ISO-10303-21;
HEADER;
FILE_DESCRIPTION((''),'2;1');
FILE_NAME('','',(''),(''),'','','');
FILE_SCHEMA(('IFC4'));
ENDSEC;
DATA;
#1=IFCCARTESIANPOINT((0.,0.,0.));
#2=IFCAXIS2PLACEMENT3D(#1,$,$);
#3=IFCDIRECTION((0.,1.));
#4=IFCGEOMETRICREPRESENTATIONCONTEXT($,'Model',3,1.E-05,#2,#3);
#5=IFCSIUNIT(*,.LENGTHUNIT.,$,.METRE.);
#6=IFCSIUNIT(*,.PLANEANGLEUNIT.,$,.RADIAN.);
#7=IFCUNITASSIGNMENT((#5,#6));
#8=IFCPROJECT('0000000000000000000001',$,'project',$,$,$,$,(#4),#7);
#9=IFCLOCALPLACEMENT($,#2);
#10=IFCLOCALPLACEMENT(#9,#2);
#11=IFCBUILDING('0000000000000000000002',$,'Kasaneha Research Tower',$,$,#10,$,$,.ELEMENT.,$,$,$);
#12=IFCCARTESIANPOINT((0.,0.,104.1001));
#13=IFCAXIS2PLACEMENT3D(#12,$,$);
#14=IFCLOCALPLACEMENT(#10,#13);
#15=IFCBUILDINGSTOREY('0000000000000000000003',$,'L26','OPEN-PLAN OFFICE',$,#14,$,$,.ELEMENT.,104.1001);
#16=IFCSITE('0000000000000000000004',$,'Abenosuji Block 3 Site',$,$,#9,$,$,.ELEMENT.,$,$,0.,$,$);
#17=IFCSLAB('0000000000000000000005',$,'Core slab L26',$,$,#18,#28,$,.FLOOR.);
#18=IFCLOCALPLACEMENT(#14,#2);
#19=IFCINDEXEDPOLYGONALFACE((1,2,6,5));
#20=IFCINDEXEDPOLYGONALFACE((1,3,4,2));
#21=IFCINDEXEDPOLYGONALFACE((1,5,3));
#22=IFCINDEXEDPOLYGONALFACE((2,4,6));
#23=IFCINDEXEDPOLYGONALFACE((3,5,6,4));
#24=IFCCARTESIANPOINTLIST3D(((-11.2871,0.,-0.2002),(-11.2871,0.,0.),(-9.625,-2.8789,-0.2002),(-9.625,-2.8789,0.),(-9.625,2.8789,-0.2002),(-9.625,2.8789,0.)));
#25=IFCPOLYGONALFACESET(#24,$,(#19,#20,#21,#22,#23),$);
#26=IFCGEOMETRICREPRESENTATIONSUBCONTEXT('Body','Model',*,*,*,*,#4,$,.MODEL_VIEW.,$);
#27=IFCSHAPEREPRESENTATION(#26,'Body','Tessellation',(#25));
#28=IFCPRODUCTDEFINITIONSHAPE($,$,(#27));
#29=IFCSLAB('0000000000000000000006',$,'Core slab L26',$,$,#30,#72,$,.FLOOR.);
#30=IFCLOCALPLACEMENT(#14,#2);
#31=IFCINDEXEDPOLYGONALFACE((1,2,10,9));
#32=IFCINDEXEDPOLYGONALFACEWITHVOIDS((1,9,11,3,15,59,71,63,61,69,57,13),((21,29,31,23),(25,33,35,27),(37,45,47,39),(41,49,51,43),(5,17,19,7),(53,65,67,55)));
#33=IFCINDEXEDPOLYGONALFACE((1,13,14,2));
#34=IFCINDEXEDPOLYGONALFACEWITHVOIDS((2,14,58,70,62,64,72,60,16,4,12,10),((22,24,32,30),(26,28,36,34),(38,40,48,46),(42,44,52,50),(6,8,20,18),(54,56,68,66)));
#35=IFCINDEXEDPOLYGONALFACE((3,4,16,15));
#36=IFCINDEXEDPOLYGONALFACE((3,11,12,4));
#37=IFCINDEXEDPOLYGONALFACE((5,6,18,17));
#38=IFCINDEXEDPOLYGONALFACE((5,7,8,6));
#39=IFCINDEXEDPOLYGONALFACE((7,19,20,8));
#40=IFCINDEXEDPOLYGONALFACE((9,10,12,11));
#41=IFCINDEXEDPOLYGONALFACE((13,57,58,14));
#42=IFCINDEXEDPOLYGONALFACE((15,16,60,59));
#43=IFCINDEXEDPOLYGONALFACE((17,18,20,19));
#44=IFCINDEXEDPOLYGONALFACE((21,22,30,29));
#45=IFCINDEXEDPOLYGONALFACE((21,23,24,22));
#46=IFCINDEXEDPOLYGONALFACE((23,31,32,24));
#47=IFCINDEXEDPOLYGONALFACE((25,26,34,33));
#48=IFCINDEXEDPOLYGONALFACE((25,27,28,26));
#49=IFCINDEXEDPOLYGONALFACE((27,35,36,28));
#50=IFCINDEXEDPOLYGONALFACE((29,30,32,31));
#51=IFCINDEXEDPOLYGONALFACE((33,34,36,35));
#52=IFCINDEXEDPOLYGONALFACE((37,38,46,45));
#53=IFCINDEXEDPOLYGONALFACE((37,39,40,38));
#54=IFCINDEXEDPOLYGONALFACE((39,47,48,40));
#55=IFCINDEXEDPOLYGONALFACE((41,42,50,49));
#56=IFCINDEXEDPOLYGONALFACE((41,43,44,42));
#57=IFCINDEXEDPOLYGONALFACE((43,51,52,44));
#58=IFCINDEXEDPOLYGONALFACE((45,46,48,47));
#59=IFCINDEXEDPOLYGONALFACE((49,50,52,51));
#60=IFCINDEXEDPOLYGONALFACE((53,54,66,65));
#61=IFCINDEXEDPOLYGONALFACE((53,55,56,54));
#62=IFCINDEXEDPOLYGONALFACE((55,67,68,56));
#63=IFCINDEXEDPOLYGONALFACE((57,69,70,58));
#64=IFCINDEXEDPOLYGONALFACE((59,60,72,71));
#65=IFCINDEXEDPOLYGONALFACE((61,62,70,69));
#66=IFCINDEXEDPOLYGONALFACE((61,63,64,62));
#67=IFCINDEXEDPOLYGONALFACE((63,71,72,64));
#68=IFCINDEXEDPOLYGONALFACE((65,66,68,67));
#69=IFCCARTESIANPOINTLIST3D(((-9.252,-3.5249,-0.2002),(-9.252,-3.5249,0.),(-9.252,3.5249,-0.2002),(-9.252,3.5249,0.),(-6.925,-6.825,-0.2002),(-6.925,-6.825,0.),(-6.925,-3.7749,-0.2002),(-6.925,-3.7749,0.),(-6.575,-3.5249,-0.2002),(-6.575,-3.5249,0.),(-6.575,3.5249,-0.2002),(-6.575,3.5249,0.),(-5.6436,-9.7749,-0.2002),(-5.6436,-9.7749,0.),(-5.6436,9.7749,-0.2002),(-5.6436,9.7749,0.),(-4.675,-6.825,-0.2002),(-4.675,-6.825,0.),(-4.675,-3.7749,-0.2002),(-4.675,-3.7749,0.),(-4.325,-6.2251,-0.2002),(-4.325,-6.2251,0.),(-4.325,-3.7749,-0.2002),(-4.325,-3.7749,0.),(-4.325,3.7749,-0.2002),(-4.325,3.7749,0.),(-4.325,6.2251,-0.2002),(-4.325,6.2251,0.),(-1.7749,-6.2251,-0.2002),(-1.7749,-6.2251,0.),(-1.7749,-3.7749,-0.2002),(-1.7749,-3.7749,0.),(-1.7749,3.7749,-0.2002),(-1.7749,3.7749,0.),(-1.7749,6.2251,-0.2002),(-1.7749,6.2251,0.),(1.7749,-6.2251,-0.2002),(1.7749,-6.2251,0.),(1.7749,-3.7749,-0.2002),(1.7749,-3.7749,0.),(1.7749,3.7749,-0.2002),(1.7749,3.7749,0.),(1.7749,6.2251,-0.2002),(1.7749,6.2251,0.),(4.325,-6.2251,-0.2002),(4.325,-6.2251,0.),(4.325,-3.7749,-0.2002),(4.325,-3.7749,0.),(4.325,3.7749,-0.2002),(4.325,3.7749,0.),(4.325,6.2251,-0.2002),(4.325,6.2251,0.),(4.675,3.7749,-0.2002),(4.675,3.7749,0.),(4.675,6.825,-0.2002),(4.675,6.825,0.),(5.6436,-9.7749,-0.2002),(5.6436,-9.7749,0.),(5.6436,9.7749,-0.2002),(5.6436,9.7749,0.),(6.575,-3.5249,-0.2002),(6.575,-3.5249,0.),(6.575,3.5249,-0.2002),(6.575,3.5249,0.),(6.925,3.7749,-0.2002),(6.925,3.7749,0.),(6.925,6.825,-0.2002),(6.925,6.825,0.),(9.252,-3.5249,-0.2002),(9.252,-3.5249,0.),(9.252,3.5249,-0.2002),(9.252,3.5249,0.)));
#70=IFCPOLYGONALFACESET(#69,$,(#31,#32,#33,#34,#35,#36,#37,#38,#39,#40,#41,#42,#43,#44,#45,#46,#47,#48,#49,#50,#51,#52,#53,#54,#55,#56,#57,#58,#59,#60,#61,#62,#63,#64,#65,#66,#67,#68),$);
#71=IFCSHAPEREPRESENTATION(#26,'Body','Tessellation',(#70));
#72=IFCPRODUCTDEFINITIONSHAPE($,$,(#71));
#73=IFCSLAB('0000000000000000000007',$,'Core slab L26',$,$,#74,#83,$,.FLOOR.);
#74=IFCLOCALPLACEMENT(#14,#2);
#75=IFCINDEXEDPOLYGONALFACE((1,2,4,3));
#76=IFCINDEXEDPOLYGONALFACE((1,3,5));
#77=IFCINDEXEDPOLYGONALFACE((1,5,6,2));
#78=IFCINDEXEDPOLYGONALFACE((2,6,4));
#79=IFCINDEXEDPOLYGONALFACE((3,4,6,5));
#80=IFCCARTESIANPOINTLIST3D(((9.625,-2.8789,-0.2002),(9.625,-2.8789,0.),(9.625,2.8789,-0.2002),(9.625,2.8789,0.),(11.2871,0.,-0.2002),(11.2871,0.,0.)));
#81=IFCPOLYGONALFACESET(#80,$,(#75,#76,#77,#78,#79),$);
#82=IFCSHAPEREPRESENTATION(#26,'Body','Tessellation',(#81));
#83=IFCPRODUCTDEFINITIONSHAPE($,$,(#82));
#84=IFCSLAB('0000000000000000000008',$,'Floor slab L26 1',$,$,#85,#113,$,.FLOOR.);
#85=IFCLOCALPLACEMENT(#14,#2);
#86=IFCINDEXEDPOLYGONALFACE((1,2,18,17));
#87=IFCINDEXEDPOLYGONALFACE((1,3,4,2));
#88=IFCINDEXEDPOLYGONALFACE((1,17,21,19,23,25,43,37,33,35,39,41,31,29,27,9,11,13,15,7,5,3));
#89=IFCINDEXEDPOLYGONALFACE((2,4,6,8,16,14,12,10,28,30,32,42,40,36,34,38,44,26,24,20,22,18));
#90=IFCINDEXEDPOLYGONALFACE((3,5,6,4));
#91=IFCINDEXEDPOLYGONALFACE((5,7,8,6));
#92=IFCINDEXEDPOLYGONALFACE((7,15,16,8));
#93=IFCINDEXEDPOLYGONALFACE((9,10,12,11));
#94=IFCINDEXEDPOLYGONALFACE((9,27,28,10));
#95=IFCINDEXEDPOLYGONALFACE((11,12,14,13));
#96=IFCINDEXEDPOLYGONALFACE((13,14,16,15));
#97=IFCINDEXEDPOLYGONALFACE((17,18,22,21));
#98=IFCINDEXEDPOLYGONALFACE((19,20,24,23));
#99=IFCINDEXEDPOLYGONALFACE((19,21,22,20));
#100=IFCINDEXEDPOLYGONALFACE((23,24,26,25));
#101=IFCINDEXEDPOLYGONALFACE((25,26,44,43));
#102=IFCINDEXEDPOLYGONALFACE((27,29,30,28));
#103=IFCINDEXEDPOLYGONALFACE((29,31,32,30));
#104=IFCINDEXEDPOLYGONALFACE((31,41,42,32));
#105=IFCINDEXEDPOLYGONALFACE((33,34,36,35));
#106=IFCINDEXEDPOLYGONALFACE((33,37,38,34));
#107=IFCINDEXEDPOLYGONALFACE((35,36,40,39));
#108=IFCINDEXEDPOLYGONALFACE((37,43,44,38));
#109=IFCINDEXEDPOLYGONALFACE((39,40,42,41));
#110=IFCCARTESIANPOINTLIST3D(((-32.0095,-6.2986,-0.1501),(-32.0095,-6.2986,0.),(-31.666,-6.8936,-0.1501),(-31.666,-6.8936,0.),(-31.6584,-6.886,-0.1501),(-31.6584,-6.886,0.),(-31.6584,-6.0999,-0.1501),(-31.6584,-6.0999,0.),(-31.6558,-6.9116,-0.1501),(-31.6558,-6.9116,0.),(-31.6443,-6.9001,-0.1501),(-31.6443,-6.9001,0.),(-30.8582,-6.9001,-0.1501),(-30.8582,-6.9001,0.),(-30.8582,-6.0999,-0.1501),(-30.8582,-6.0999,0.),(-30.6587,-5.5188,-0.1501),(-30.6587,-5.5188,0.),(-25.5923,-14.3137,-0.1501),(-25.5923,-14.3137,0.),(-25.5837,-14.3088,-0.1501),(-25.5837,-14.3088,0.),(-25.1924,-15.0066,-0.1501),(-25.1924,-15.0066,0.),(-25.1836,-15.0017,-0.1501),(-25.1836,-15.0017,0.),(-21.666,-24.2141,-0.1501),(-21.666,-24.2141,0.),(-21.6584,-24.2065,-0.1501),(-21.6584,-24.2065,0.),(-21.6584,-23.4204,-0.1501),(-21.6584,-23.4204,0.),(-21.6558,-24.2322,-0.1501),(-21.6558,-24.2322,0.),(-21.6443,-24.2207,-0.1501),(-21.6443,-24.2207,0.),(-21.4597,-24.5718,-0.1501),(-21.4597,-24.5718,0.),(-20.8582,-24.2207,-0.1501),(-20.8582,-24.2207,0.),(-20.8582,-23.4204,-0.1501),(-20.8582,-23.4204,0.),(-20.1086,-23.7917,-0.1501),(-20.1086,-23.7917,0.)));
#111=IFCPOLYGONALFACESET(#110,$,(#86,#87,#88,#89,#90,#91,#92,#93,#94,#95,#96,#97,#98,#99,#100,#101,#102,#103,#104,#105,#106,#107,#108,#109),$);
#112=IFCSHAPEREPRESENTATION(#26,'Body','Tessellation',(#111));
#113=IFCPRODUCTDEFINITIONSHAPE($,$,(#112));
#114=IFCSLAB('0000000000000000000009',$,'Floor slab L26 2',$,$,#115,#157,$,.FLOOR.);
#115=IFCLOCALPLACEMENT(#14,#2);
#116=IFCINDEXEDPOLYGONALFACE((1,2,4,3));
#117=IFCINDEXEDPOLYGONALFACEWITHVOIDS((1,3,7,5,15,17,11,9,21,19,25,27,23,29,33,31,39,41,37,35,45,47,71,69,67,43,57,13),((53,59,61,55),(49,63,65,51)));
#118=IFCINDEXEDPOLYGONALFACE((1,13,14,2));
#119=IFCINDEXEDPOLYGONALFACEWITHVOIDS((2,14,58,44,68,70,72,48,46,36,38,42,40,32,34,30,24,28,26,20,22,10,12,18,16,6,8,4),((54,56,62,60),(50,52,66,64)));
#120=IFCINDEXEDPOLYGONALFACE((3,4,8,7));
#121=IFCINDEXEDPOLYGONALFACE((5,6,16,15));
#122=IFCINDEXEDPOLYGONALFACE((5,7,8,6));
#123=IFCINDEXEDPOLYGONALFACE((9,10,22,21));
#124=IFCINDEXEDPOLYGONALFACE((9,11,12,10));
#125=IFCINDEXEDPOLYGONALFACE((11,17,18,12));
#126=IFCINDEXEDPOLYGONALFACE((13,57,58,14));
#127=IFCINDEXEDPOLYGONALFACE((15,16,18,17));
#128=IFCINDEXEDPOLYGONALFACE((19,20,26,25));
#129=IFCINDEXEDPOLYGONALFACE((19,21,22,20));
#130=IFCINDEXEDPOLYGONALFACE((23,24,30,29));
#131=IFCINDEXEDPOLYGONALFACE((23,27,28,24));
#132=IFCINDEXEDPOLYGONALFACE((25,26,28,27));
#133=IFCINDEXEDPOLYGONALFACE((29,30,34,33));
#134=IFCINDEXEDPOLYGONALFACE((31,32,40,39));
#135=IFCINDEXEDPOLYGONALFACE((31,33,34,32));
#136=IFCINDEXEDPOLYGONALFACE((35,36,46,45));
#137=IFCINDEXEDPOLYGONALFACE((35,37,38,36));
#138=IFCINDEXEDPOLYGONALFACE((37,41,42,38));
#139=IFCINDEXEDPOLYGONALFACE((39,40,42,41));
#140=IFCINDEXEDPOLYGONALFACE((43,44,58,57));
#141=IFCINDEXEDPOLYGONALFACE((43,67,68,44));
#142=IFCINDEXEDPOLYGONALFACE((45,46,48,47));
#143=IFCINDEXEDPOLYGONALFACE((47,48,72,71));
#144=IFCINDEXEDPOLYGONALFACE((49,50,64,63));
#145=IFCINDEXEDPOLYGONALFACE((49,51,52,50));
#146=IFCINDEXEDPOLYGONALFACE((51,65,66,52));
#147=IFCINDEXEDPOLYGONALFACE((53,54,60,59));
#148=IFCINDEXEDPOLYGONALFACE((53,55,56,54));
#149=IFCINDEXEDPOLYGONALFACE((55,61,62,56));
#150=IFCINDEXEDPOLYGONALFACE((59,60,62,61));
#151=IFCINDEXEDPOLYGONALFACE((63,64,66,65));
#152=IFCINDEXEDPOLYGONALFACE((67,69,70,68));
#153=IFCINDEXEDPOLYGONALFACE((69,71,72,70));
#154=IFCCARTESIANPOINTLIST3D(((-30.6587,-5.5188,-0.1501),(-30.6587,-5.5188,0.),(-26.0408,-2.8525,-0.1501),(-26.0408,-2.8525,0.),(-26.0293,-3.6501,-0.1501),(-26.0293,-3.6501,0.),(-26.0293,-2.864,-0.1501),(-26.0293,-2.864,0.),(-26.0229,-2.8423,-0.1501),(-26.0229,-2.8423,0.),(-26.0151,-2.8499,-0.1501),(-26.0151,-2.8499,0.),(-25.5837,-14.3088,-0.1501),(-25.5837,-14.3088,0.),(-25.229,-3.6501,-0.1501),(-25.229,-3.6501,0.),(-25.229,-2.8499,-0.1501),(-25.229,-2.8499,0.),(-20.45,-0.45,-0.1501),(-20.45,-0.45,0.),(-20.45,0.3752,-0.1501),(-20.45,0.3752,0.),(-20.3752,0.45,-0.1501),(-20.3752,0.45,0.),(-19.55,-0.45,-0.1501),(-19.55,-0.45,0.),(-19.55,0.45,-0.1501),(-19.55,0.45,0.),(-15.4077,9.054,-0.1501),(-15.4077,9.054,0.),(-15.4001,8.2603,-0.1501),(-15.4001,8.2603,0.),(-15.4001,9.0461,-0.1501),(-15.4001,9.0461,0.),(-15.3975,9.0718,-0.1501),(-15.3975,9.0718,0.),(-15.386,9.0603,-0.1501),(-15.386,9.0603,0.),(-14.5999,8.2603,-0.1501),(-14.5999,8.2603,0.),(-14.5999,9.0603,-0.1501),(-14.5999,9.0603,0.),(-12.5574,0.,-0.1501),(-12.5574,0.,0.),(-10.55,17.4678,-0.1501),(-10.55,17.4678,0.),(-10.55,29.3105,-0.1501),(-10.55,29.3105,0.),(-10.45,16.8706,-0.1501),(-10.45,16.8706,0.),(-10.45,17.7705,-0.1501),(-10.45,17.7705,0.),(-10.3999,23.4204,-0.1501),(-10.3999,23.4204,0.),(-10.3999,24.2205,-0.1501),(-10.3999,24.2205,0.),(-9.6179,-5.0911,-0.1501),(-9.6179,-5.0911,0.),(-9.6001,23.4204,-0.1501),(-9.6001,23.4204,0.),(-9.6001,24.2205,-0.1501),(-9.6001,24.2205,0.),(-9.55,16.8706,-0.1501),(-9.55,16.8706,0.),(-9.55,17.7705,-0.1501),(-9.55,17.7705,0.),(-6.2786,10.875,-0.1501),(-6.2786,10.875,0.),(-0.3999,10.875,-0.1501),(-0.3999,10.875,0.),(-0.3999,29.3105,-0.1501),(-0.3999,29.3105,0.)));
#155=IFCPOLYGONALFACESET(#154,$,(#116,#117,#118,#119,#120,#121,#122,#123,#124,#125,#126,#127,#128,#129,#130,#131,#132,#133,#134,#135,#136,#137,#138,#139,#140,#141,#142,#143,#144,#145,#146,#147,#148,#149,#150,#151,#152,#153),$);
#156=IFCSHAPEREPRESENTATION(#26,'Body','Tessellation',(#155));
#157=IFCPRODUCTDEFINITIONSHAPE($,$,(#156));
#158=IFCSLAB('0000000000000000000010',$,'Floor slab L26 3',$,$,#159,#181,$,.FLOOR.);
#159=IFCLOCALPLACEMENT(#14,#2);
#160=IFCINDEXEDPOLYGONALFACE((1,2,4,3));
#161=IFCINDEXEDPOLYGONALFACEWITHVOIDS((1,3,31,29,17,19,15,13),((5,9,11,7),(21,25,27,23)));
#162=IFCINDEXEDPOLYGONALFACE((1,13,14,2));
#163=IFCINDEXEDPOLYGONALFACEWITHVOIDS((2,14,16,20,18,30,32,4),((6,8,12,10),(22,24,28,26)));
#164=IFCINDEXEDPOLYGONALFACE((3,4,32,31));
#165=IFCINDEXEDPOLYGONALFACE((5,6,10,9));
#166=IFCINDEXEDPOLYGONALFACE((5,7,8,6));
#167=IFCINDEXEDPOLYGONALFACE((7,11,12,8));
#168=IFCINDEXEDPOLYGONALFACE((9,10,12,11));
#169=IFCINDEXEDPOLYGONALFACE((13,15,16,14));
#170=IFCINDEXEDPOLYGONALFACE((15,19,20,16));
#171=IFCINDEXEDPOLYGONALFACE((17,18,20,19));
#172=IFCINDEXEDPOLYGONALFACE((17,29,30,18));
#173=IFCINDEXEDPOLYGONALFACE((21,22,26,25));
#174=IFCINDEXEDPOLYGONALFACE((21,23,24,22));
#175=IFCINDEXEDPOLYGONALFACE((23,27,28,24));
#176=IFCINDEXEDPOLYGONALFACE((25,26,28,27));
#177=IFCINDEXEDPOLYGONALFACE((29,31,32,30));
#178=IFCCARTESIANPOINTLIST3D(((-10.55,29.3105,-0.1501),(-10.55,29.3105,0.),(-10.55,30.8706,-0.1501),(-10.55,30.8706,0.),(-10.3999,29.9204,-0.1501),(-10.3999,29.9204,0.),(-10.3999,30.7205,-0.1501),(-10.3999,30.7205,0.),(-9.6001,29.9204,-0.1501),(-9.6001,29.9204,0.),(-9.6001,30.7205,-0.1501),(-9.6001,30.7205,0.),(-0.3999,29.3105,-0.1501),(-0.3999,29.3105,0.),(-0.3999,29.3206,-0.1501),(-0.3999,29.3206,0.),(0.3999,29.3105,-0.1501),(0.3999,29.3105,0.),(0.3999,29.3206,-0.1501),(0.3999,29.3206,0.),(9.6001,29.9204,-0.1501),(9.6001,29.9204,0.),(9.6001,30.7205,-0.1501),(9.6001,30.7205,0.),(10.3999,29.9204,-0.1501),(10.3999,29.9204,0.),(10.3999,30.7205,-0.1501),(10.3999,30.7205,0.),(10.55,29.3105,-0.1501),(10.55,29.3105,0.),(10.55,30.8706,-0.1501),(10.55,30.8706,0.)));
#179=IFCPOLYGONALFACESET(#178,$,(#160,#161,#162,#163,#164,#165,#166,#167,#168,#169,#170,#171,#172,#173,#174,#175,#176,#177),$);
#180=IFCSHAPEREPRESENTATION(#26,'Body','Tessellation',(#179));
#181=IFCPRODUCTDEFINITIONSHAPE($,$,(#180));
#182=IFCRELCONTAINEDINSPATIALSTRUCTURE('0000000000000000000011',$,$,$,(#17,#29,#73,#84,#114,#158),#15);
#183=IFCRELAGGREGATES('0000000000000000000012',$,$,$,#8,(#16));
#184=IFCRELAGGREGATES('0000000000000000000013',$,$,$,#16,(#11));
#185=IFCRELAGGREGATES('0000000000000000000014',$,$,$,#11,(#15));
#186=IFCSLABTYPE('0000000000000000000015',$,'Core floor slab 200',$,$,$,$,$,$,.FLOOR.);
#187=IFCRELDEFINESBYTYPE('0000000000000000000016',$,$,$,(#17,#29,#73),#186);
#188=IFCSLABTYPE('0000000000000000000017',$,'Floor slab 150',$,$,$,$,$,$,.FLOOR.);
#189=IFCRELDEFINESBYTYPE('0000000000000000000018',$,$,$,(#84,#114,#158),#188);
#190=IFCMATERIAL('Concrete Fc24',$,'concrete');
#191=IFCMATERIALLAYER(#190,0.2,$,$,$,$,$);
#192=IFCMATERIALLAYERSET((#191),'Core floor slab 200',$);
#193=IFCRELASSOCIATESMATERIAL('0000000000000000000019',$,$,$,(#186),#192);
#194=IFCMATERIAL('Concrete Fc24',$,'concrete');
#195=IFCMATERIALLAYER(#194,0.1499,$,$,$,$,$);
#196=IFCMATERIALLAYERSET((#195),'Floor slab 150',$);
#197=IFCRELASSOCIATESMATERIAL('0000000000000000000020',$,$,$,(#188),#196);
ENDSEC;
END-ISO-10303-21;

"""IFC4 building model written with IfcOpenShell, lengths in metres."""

from ifc_helpers import new_model, si_unit, direction, frame, origin, place, context, subcontext, project, spatial, polyline, outline, extrude, material, layer, layer_set, type_object, element, save


model = new_model("IFC4")

# Units and contexts
model_context = context("Model", 3, precision=1e-05, world=origin(), true_north=direction((0.0, 1.0)))
body_context = subcontext(model_context, "Body", "Model", "MODEL_VIEW")
ifc_project = project(units=[si_unit("LENGTHUNIT", "METRE"), si_unit("PLANEANGLEUNIT", "RADIAN")], contexts=[model_context])

# Site, building, storey
site_placement = place(None, origin())
site = spatial("IfcSite", under=ifc_project, at=site_placement, Name="Abenosuji Block 3 Site", CompositionType="ELEMENT", RefElevation=0.0)
building_placement = place(site_placement, origin())
building = spatial("IfcBuilding", under=site, at=building_placement, Name="Kasaneha Research Tower", CompositionType="ELEMENT")
storey_placement = place(building_placement, frame((0.0, 0.0, 104.1001)))
storey = spatial("IfcBuildingStorey", under=building, at=storey_placement, Name="L26", Description="OPEN-PLAN OFFICE", CompositionType="ELEMENT", Elevation=104.1001)

# Slabs
ifc_material_1 = material(Name="Concrete Fc24", Category="concrete")
ifc_layer_1 = layer(ifc_material_1, 0.2)
ifc_layer_set_1 = layer_set([ifc_layer_1], Name="Core floor slab 200")
slab_type_1 = type_object("IfcSlabType", Name="Core floor slab 200", PredefinedType="FLOOR", material=ifc_layer_set_1)
slab_1_placement = place(storey_placement, frame((0.0, 0.0, -0.2002)))
element("IfcSlab", 1, at=slab_1_placement, inside=storey, type_object=slab_type_1, Name="Core slab L26", PredefinedType="FLOOR", context=body_context, shape_type="SweptSolid", body=[
    extrude(outline(polyline([(-11.2871, 0.0), (-9.625, 2.8789), (-9.625, -2.8789), (-11.2871, 0.0)])), origin(), (0.0, 0.0, 1.0), 0.2002),
])
slab_2_placement = place(storey_placement, frame((0.0, 0.0, -0.2002)))
element("IfcSlab", 2, at=slab_2_placement, inside=storey, type_object=slab_type_1, Name="Core slab L26", PredefinedType="FLOOR", context=body_context, shape_type="SweptSolid", body=[
    extrude(outline(polyline([(-5.6436, 9.7749), (5.6436, 9.7749), (9.252, 3.5249), (6.575, 3.5249), (6.575, -3.5249), (9.252, -3.5249), (5.6436, -9.7749), (-5.6436, -9.7749), (-9.252, -3.5249), (-6.575, -3.5249), (-6.575, 3.5249), (-9.252, 3.5249), (-5.6436, 9.7749)]), holes=[polyline([(-6.925, -3.7749), (-6.925, -6.825), (-4.675, -6.825), (-4.675, -3.7749), (-6.925, -3.7749)]), polyline([(-4.325, -3.7749), (-4.325, -6.2251), (-1.7749, -6.2251), (-1.7749, -3.7749), (-4.325, -3.7749)]), polyline([(1.7749, -3.7749), (1.7749, -6.2251), (4.325, -6.2251), (4.325, -3.7749), (1.7749, -3.7749)]), polyline([(-4.325, 6.2251), (-4.325, 3.7749), (-1.7749, 3.7749), (-1.7749, 6.2251), (-4.325, 6.2251)]), polyline([(1.7749, 6.2251), (1.7749, 3.7749), (4.325, 3.7749), (4.325, 6.2251), (1.7749, 6.2251)]), polyline([(4.675, 6.825), (4.675, 3.7749), (6.925, 3.7749), (6.925, 6.825), (4.675, 6.825)])]), origin(), (0.0, 0.0, 1.0), 0.2002),
])
slab_3_placement = place(storey_placement, frame((0.0, 0.0, -0.2002)))
element("IfcSlab", 3, at=slab_3_placement, inside=storey, type_object=slab_type_1, Name="Core slab L26", PredefinedType="FLOOR", context=body_context, shape_type="SweptSolid", body=[
    extrude(outline(polyline([(11.2871, 0.0), (9.625, -2.8789), (9.625, 2.8789), (11.2871, 0.0)])), origin(), (0.0, 0.0, 1.0), 0.2002),
])
ifc_material_2 = material(Name="Concrete Fc24", Category="concrete")
ifc_layer_2 = layer(ifc_material_2, 0.1499)
ifc_layer_set_2 = layer_set([ifc_layer_2], Name="Floor slab 150")
slab_type_2 = type_object("IfcSlabType", Name="Floor slab 150", PredefinedType="FLOOR", material=ifc_layer_set_2)
slab_4_placement = place(storey_placement, frame((0.0, 0.0, -0.1501)))
element("IfcSlab", 4, at=slab_4_placement, inside=storey, type_object=slab_type_2, Name="Floor slab L26 1", PredefinedType="FLOOR", context=body_context, shape_type="SweptSolid", body=[
    extrude(outline(polyline([(-25.1924, -15.0066), (-25.1836, -15.0017), (-20.1086, -23.7917), (-21.4597, -24.5718), (-21.6558, -24.2322), (-21.6443, -24.2207), (-20.8582, -24.2207), (-20.8582, -23.4204), (-21.6584, -23.4204), (-21.6584, -24.2065), (-21.666, -24.2141), (-31.6558, -6.9116), (-31.6443, -6.9001), (-30.8582, -6.9001), (-30.8582, -6.0999), (-31.6584, -6.0999), (-31.6584, -6.886), (-31.666, -6.8936), (-32.0095, -6.2986), (-30.6587, -5.5188), (-25.5837, -14.3088), (-25.5923, -14.3137), (-25.1924, -15.0066)])), origin(), (0.0, 0.0, 1.0), 0.1501),
])
slab_5_placement = place(storey_placement, frame((0.0, 0.0, -0.1501)))
element("IfcSlab", 5, at=slab_5_placement, inside=storey, type_object=slab_type_2, Name="Floor slab L26 2", PredefinedType="FLOOR", context=body_context, shape_type="SweptSolid", body=[
    extrude(outline(polyline([(-20.3752, 0.45), (-15.4077, 9.054), (-15.4001, 9.0461), (-15.4001, 8.2603), (-14.5999, 8.2603), (-14.5999, 9.0603), (-15.386, 9.0603), (-15.3975, 9.0718), (-10.55, 17.4678), (-10.55, 29.3105), (-0.3999, 29.3105), (-0.3999, 10.875), (-6.2786, 10.875), (-12.5574, 0.0), (-9.6179, -5.0911), (-25.5837, -14.3088), (-30.6587, -5.5188), (-26.0408, -2.8525), (-26.0293, -2.864), (-26.0293, -3.6501), (-25.229, -3.6501), (-25.229, -2.8499), (-26.0151, -2.8499), (-26.0229, -2.8423), (-20.45, 0.3752), (-20.45, -0.45), (-19.55, -0.45), (-19.55, 0.45), (-20.3752, 0.45)]), holes=[polyline([(-9.55, 17.7705), (-10.45, 17.7705), (-10.45, 16.8706), (-9.55, 16.8706), (-9.55, 17.7705)]), polyline([(-9.6001, 23.4204), (-9.6001, 24.2205), (-10.3999, 24.2205), (-10.3999, 23.4204), (-9.6001, 23.4204)])]), origin(), (0.0, 0.0, 1.0), 0.1501),
])
slab_6_placement = place(storey_placement, frame((0.0, 0.0, -0.1501)))
element("IfcSlab", 6, at=slab_6_placement, inside=storey, type_object=slab_type_2, Name="Floor slab L26 3", PredefinedType="FLOOR", context=body_context, shape_type="SweptSolid", body=[
    extrude(outline(polyline([(10.55, 29.3105), (0.3999, 29.3105), (0.3999, 29.3206), (-0.3999, 29.3206), (-0.3999, 29.3105), (-10.55, 29.3105), (-10.55, 30.8706), (10.55, 30.8706), (10.55, 29.3105)]), holes=[polyline([(-9.6001, 30.7205), (-10.3999, 30.7205), (-10.3999, 29.9204), (-9.6001, 29.9204), (-9.6001, 30.7205)]), polyline([(10.3999, 29.9204), (10.3999, 30.7205), (9.6001, 30.7205), (9.6001, 29.9204), (10.3999, 29.9204)])]), origin(), (0.0, 0.0, 1.0), 0.1501),
])

save(model, "model.ifc")
